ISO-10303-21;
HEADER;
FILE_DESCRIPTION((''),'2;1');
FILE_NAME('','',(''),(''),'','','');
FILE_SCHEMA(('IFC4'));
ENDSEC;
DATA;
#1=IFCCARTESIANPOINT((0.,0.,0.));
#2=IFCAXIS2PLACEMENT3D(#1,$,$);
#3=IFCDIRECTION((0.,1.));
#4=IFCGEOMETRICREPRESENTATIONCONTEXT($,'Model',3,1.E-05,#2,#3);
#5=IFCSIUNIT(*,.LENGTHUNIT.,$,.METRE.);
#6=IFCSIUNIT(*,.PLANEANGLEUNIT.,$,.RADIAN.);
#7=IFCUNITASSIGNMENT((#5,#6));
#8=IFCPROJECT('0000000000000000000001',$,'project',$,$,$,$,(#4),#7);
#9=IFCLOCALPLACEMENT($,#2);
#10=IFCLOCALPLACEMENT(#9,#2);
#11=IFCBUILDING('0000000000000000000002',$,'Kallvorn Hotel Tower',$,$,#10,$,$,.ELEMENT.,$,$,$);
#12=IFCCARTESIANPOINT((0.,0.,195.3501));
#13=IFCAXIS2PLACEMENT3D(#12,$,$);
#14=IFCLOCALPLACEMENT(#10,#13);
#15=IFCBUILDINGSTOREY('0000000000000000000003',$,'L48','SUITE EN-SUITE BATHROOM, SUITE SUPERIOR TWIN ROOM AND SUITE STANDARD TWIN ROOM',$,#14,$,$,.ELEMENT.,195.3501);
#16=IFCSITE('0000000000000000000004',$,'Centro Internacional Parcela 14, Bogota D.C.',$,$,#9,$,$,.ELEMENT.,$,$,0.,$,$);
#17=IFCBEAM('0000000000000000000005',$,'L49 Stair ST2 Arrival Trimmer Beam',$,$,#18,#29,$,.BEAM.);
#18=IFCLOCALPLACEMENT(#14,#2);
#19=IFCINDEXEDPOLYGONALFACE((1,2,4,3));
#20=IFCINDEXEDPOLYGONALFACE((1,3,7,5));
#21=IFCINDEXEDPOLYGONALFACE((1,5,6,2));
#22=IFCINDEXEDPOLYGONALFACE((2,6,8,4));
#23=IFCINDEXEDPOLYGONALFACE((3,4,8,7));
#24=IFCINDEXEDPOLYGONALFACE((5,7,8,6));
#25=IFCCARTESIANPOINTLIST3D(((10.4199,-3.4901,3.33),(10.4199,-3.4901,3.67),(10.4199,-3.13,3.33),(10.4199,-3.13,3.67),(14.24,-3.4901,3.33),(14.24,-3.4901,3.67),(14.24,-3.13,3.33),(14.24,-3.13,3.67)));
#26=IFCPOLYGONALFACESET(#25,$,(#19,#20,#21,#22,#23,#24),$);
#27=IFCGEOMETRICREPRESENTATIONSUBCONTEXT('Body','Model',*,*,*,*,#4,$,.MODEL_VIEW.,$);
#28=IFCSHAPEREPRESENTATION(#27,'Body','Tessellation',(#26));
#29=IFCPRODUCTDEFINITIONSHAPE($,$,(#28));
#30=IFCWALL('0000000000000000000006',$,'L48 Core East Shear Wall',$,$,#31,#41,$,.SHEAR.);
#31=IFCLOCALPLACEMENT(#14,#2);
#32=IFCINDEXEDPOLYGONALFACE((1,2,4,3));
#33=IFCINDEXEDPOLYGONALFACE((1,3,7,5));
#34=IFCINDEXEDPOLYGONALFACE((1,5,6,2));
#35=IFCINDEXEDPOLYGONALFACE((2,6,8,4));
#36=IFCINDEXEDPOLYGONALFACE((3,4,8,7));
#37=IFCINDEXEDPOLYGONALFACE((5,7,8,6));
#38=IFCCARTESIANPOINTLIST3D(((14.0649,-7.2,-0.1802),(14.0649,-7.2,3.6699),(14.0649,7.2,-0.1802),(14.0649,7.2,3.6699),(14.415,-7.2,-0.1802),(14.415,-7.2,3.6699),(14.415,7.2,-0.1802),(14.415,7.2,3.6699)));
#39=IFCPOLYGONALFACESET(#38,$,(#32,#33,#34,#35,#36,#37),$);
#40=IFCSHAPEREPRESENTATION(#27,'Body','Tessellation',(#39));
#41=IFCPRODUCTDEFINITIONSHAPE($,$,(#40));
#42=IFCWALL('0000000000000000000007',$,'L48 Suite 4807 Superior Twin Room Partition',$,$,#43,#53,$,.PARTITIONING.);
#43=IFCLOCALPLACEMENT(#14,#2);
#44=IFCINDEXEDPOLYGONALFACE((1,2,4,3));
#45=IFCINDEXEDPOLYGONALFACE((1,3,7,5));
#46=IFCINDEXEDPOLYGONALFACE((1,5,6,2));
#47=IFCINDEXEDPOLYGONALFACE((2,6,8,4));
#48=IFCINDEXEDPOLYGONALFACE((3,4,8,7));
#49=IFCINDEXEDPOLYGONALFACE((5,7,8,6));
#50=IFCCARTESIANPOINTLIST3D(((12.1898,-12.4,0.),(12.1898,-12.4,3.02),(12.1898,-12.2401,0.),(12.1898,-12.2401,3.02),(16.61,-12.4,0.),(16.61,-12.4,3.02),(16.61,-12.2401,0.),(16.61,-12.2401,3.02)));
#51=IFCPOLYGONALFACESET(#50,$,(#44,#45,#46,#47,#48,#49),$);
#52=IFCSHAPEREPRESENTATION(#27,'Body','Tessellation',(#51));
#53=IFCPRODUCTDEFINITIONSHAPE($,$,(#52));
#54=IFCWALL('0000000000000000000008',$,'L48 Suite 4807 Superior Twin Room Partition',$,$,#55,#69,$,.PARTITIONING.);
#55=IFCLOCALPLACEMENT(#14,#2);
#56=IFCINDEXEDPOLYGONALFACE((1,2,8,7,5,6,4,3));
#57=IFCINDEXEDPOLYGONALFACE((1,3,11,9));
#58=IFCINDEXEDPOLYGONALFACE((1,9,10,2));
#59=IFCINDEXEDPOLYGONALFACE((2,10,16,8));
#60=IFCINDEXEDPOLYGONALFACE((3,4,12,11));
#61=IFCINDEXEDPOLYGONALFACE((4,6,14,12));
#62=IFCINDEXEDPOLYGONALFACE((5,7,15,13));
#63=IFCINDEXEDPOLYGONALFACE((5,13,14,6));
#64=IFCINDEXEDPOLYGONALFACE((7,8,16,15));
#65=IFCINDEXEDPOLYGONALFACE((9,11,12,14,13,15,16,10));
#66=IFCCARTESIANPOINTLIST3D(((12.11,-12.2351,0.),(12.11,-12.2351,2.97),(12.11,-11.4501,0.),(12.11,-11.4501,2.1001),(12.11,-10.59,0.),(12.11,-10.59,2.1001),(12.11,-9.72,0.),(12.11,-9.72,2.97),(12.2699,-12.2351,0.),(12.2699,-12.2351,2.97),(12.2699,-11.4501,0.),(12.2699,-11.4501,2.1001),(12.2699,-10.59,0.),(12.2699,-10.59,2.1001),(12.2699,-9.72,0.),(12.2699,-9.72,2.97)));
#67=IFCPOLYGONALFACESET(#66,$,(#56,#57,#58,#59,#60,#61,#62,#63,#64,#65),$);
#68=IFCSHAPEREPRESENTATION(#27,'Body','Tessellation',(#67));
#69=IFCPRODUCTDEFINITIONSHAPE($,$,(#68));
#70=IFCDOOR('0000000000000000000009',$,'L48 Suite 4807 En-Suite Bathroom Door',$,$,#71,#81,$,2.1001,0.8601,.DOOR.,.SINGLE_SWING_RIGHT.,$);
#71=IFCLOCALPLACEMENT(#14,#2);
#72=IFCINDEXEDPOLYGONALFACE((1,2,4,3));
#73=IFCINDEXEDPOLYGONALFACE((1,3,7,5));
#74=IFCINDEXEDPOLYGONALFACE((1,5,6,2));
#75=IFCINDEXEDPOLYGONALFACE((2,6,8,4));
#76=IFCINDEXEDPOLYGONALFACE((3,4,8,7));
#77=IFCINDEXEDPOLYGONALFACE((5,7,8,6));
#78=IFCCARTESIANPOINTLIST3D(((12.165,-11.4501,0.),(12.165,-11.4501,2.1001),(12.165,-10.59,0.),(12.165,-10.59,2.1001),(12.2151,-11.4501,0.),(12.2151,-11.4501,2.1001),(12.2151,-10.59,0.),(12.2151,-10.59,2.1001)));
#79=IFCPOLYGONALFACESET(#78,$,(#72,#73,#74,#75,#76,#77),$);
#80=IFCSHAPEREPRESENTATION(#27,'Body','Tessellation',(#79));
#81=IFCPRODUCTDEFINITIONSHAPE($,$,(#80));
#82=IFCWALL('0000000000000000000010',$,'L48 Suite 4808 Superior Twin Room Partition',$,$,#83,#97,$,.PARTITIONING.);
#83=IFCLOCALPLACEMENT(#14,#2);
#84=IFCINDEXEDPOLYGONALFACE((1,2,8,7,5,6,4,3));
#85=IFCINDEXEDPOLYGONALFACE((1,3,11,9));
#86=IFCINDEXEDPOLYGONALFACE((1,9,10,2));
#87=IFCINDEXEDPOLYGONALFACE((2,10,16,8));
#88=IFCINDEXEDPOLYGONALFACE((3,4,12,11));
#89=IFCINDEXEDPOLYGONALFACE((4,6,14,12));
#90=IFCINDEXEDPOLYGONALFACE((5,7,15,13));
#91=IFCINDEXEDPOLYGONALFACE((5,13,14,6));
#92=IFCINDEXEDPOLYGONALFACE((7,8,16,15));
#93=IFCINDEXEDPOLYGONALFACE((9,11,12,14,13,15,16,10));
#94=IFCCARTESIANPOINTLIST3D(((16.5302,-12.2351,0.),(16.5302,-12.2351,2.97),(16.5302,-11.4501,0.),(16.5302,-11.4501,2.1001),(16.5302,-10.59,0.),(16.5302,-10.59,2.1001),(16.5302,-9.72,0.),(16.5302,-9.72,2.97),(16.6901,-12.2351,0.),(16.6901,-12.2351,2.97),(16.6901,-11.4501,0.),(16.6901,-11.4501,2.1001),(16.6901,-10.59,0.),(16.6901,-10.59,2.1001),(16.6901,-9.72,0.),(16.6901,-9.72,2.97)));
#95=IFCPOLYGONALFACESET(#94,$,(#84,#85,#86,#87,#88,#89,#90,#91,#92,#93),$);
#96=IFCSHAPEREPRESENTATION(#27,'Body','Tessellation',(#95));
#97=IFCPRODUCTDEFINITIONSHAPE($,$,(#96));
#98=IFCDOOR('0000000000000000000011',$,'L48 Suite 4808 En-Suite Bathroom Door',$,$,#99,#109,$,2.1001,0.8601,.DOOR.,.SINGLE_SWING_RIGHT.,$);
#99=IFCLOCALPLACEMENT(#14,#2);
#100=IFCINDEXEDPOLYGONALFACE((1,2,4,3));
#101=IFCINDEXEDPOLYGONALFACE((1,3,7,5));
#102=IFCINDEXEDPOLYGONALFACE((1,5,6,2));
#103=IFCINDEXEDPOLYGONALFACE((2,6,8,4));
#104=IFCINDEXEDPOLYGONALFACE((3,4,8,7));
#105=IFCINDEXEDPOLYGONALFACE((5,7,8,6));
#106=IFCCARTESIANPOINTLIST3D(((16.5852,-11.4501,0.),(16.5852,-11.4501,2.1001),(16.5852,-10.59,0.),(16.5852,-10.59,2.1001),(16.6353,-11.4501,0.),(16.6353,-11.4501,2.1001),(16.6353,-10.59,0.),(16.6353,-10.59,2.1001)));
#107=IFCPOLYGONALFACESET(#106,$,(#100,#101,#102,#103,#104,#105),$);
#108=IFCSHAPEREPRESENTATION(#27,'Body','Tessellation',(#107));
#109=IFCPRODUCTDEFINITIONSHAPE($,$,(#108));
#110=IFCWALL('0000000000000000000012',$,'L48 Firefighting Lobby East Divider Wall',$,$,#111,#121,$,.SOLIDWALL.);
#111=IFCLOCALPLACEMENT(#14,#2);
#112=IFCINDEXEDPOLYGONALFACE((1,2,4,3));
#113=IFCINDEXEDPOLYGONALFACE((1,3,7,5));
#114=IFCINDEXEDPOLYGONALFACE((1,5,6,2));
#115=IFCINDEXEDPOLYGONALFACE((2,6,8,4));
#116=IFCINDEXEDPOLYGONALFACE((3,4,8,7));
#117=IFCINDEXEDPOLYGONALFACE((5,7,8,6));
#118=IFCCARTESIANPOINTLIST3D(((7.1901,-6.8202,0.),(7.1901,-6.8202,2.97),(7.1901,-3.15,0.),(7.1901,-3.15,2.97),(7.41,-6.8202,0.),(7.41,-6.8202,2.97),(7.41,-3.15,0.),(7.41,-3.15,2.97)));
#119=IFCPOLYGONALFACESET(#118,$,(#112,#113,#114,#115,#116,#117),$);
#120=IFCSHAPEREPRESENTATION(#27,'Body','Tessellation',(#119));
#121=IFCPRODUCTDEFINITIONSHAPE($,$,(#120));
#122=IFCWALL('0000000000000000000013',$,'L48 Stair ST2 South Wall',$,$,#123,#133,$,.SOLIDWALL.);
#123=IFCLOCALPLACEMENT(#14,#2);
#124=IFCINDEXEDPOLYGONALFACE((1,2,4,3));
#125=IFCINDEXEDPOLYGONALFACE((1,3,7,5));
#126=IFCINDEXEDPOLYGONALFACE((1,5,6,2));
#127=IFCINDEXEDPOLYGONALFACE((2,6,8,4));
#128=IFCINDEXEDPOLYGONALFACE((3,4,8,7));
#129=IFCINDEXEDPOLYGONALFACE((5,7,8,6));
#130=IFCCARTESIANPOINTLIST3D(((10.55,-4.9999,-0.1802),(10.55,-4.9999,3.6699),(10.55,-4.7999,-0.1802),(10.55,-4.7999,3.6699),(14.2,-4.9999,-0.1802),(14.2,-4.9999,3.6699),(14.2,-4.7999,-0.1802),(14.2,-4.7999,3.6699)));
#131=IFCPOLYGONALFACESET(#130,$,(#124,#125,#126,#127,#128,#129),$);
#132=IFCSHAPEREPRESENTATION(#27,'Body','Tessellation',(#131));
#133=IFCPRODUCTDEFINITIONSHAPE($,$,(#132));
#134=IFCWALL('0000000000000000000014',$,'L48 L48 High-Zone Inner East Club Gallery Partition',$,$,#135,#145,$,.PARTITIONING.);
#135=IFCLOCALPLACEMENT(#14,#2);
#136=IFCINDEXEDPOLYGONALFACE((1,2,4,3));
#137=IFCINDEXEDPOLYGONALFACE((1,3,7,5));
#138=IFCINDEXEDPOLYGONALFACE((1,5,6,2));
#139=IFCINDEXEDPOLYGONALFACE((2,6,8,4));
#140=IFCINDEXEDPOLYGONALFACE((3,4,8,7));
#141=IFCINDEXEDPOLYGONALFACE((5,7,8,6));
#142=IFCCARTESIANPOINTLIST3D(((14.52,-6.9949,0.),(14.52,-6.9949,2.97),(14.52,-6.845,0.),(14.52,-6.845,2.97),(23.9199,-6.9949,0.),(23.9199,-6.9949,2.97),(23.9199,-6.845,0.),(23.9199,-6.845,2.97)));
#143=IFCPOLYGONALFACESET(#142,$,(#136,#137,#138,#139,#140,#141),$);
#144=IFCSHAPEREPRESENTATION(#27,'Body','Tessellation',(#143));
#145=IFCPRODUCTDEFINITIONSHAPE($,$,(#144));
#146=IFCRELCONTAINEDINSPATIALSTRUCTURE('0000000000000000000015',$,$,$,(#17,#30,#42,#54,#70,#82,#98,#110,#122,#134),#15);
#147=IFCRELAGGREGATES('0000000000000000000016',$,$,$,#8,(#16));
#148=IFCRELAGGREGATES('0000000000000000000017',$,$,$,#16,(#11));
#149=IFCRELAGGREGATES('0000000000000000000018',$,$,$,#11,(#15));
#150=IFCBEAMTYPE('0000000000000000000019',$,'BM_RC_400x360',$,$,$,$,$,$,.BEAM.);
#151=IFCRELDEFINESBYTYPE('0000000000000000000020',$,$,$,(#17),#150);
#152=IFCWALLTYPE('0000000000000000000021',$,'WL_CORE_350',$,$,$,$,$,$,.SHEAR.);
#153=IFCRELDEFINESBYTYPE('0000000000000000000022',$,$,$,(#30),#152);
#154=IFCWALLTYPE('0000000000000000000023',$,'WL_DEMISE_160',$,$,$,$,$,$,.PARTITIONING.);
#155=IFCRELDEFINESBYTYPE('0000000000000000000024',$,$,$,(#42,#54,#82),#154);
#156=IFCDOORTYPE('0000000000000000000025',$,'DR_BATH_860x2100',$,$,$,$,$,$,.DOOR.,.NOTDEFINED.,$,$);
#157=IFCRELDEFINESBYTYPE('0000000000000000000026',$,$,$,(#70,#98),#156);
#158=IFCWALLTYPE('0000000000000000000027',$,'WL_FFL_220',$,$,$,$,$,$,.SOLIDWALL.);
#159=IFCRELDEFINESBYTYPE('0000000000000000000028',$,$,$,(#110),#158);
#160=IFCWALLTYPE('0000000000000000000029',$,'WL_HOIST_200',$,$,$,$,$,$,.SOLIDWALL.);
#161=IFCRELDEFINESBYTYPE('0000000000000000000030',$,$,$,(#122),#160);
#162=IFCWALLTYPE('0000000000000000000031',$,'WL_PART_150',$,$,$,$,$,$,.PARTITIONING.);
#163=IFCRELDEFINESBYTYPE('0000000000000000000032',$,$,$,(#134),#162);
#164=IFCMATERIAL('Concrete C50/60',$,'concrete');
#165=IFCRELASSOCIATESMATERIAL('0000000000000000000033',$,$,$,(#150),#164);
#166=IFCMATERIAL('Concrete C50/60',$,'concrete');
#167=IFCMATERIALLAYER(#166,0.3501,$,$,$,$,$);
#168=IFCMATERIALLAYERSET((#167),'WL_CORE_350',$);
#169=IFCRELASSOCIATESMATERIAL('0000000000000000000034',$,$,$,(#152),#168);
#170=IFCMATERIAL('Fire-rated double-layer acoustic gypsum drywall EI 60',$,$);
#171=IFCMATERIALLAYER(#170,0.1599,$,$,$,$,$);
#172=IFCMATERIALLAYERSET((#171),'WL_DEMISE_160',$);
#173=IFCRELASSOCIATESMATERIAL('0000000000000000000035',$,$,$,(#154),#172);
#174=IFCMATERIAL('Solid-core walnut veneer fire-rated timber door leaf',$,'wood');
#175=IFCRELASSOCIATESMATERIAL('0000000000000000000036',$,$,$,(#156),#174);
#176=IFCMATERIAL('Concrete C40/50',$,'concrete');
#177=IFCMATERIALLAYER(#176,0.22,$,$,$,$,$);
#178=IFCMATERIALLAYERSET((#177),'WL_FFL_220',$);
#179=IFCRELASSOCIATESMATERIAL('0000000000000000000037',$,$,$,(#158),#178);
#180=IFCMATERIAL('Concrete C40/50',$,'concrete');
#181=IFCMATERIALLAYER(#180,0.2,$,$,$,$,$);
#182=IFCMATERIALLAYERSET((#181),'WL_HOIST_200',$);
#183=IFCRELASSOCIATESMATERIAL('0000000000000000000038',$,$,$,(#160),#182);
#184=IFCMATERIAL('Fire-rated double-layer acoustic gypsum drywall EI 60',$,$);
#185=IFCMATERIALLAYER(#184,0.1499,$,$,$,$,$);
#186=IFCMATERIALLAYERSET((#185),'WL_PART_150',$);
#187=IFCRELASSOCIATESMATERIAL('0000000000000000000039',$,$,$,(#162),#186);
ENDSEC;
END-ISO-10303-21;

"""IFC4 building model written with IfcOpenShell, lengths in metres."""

from ifc_helpers import new_model, si_unit, direction, frame, frame_2d, origin, origin_2d, place, context, subcontext, project, spatial, rectangle, extrude, material, layer, layer_set, material_profile, profile_set, type_object, element, fill, save


model = new_model("IFC4")

# Units and contexts
model_context = context("Model", 3, precision=1e-05, world=origin(), true_north=direction((0.0, 1.0)))
body_context = subcontext(model_context, "Body", "Model", "MODEL_VIEW")
ifc_project = project(units=[si_unit("LENGTHUNIT", "METRE"), si_unit("PLANEANGLEUNIT", "RADIAN")], contexts=[model_context])

# Site, building, storey
site_placement = place(None, origin())
site = spatial("IfcSite", under=ifc_project, at=site_placement, Name="Centro Internacional Parcela 14, Bogota D.C.", CompositionType="ELEMENT", RefElevation=0.0)
building_placement = place(site_placement, origin())
building = spatial("IfcBuilding", under=site, at=building_placement, Name="Kallvorn Hotel Tower", CompositionType="ELEMENT")
storey_placement = place(building_placement, frame((0.0, 0.0, 195.3501)))
storey = spatial("IfcBuildingStorey", under=building, at=storey_placement, Name="L48", Description="SUITE EN-SUITE BATHROOM, SUITE SUPERIOR TWIN ROOM AND SUITE STANDARD TWIN ROOM", CompositionType="ELEMENT", Elevation=195.3501)

# Beam
ifc_material_1 = material(Name="Concrete C50/60", Category="concrete")
ifc_material_profile_1 = material_profile(ifc_material_1, rectangle(XDim=0.3601, YDim=0.3401, at=origin_2d()), Name="RC 360x340")
ifc_profile_set_1 = profile_set([ifc_material_profile_1], Name="Concrete C50/60")
beam_type_1 = type_object("IfcBeamType", Name="BM_RC_400x360", PredefinedType="BEAM", material=ifc_profile_set_1)
beam_1_placement = place(storey_placement, frame((14.24, -3.3101, 3.5), z_axis=(-1.0, 0.0, 0.0), x_axis=(0.0, -1.0, 0.0)))
element("IfcBeam", 1, at=beam_1_placement, inside=storey, type_object=beam_type_1, Name="L49 Stair ST2 Arrival Trimmer Beam", PredefinedType="BEAM", context=body_context, shape_type="SweptSolid", body=[
    extrude(rectangle(XDim=0.3601, YDim=0.3401, at=origin_2d()), origin(), (0.0, 0.0, 1.0), 3.8201),
])

# Walls
ifc_material_2 = material(Name="Concrete C50/60", Category="concrete")
ifc_layer_1 = layer(ifc_material_2, 0.3501)
ifc_layer_set_1 = layer_set([ifc_layer_1], Name="WL_CORE_350")
wall_type_1 = type_object("IfcWallType", Name="WL_CORE_350", PredefinedType="SHEAR", material=ifc_layer_set_1)
wall_1_placement = place(storey_placement, frame((14.24, -7.2, -0.1802), z_axis=(0.0, 0.0, 1.0), x_axis=(0.0, 1.0, 0.0)))
element("IfcWall", 2, at=wall_1_placement, inside=storey, type_object=wall_type_1, Name="L48 Core East Shear Wall", PredefinedType="SHEAR", context=body_context, shape_type="SweptSolid", body=[
    extrude(rectangle(XDim=14.3999, YDim=0.3501, at=frame_2d((7.2, 0.0))), origin(), (0.0, 0.0, 1.0), 3.8501),
])
ifc_material_3 = material(Name="Fire-rated double-layer acoustic gypsum drywall EI 60")
ifc_layer_2 = layer(ifc_material_3, 0.1599)
ifc_layer_set_2 = layer_set([ifc_layer_2], Name="WL_DEMISE_160")
wall_type_2 = type_object("IfcWallType", Name="WL_DEMISE_160", PredefinedType="PARTITIONING", material=ifc_layer_set_2)
wall_2_placement = place(storey_placement, frame((12.1899, -12.3201, 0.0), z_axis=(0.0, 0.0, 1.0), x_axis=(1.0, 0.0, 0.0)))
element("IfcWall", 3, at=wall_2_placement, inside=storey, type_object=wall_type_2, Name="L48 Suite 4807 Superior Twin Room Partition", PredefinedType="PARTITIONING", context=body_context, shape_type="SweptSolid", body=[
    extrude(rectangle(XDim=4.4202, YDim=0.1599, at=frame_2d((2.21, 0.0))), origin(), (0.0, 0.0, 1.0), 3.02),
])

# Walls, openings, doors
wall_3_placement = place(storey_placement, frame((12.1899, -12.2351, 0.0), z_axis=(0.0, 0.0, 1.0), x_axis=(0.0, 1.0, 0.0)))
wall_3 = element("IfcWall", 4, at=wall_3_placement, inside=storey, type_object=wall_type_2, Name="L48 Suite 4807 Superior Twin Room Partition", PredefinedType="PARTITIONING", context=body_context, shape_type="SweptSolid", body=[
    extrude(rectangle(XDim=2.5151, YDim=0.1599, at=frame_2d((1.2576, 0.0))), origin(), (0.0, 0.0, 1.0), 2.97),
])
opening_1_placement = place(wall_3_placement, frame((0.7849, 0.0, 0.0)))
opening_1 = element("IfcOpeningElement", 5, at=opening_1_placement, cuts=wall_3, PredefinedType="OPENING", context=body_context, shape_type="SweptSolid", body=[
    extrude(rectangle(XDim=0.8601, YDim=2.1001, at=frame_2d((0.4302, 1.05))), frame((0.0, 0.095, 0.0), z_axis=(0.0, -1.0, 0.0), x_axis=(1.0, 0.0, 0.0)), (0.0, 0.0, 1.0), 0.1899),
])
ifc_material_4 = material(Name="Solid-core walnut veneer fire-rated timber door leaf", Category="wood")
door_type_1 = type_object("IfcDoorType", Name="DR_BATH_860x2100", OperationType="NOTDEFINED", PredefinedType="DOOR", material=ifc_material_4)
door_1_placement = place(opening_1_placement, origin())
door_1 = element("IfcDoor", 6, at=door_1_placement, inside=storey, type_object=door_type_1, Name="L48 Suite 4807 En-Suite Bathroom Door", OperationType="SINGLE_SWING_RIGHT", OverallHeight=2.1001, OverallWidth=0.8601, PredefinedType="DOOR", context=body_context, shape_type="SweptSolid", body=[
    extrude(rectangle(XDim=0.8601, YDim=2.1001, at=frame_2d((0.4302, 1.05))), frame((0.0, 0.0249, 0.0), z_axis=(0.0, -1.0, 0.0), x_axis=(1.0, 0.0, 0.0)), (0.0, 0.0, 1.0), 0.05),
])
fill(opening_1, door_1)
wall_4_placement = place(storey_placement, frame((16.6101, -12.2351, 0.0), z_axis=(0.0, 0.0, 1.0), x_axis=(0.0, 1.0, 0.0)))
wall_4 = element("IfcWall", 7, at=wall_4_placement, inside=storey, type_object=wall_type_2, Name="L48 Suite 4808 Superior Twin Room Partition", PredefinedType="PARTITIONING", context=body_context, shape_type="SweptSolid", body=[
    extrude(rectangle(XDim=2.5151, YDim=0.1599, at=frame_2d((1.2576, 0.0))), origin(), (0.0, 0.0, 1.0), 2.97),
])
opening_2_placement = place(wall_4_placement, frame((0.7849, 0.0, 0.0)))
opening_2 = element("IfcOpeningElement", 8, at=opening_2_placement, cuts=wall_4, PredefinedType="OPENING", context=body_context, shape_type="SweptSolid", body=[
    extrude(rectangle(XDim=0.8601, YDim=2.1001, at=frame_2d((0.4302, 1.05))), frame((0.0, 0.095, 0.0), z_axis=(0.0, -1.0, 0.0), x_axis=(1.0, 0.0, 0.0)), (0.0, 0.0, 1.0), 0.1899),
])
door_2_placement = place(opening_2_placement, origin())
door_2 = element("IfcDoor", 9, at=door_2_placement, inside=storey, type_object=door_type_1, Name="L48 Suite 4808 En-Suite Bathroom Door", OperationType="SINGLE_SWING_RIGHT", OverallHeight=2.1001, OverallWidth=0.8601, PredefinedType="DOOR", context=body_context, shape_type="SweptSolid", body=[
    extrude(rectangle(XDim=0.8601, YDim=2.1001, at=frame_2d((0.4302, 1.05))), frame((0.0, 0.0249, 0.0), z_axis=(0.0, -1.0, 0.0), x_axis=(1.0, 0.0, 0.0)), (0.0, 0.0, 1.0), 0.05),
])
fill(opening_2, door_2)

# Walls
ifc_material_5 = material(Name="Concrete C40/50", Category="concrete")
ifc_layer_3 = layer(ifc_material_5, 0.22)
ifc_layer_set_3 = layer_set([ifc_layer_3], Name="WL_FFL_220")
wall_type_3 = type_object("IfcWallType", Name="WL_FFL_220", PredefinedType="SOLIDWALL", material=ifc_layer_set_3)
wall_5_placement = place(storey_placement, frame((7.3, -6.8201, 0.0), z_axis=(0.0, 0.0, 1.0), x_axis=(0.0, 1.0, 0.0)))
element("IfcWall", 10, at=wall_5_placement, inside=storey, type_object=wall_type_3, Name="L48 Firefighting Lobby East Divider Wall", PredefinedType="SOLIDWALL", context=body_context, shape_type="SweptSolid", body=[
    extrude(rectangle(XDim=3.6702, YDim=0.22, at=frame_2d((1.835, 0.0))), origin(), (0.0, 0.0, 1.0), 2.97),
])
ifc_material_6 = material(Name="Concrete C40/50", Category="concrete")
ifc_layer_4 = layer(ifc_material_6, 0.2)
ifc_layer_set_4 = layer_set([ifc_layer_4], Name="WL_HOIST_200")
wall_type_4 = type_object("IfcWallType", Name="WL_HOIST_200", PredefinedType="SOLIDWALL", material=ifc_layer_set_4)
wall_6_placement = place(storey_placement, frame((10.55, -4.8999, -0.1802), z_axis=(0.0, 0.0, 1.0), x_axis=(1.0, 0.0, 0.0)))
element("IfcWall", 11, at=wall_6_placement, inside=storey, type_object=wall_type_4, Name="L48 Stair ST2 South Wall", PredefinedType="SOLIDWALL", context=body_context, shape_type="SweptSolid", body=[
    extrude(rectangle(XDim=3.6499, YDim=0.2, at=frame_2d((1.825, 0.0))), origin(), (0.0, 0.0, 1.0), 3.8501),
])
ifc_material_7 = material(Name="Fire-rated double-layer acoustic gypsum drywall EI 60")
ifc_layer_5 = layer(ifc_material_7, 0.1499)
ifc_layer_set_5 = layer_set([ifc_layer_5], Name="WL_PART_150")
wall_type_5 = type_object("IfcWallType", Name="WL_PART_150", PredefinedType="PARTITIONING", material=ifc_layer_set_5)
wall_7_placement = place(storey_placement, frame((14.52, -6.9199, 0.0), z_axis=(0.0, 0.0, 1.0), x_axis=(1.0, 0.0, 0.0)))
element("IfcWall", 12, at=wall_7_placement, inside=storey, type_object=wall_type_5, Name="L48 L48 High-Zone Inner East Club Gallery Partition", PredefinedType="PARTITIONING", context=body_context, shape_type="SweptSolid", body=[
    extrude(rectangle(XDim=9.3999, YDim=0.1499, at=frame_2d((4.7, 0.0))), origin(), (0.0, 0.0, 1.0), 2.97),
])

save(model, "model.ifc")
